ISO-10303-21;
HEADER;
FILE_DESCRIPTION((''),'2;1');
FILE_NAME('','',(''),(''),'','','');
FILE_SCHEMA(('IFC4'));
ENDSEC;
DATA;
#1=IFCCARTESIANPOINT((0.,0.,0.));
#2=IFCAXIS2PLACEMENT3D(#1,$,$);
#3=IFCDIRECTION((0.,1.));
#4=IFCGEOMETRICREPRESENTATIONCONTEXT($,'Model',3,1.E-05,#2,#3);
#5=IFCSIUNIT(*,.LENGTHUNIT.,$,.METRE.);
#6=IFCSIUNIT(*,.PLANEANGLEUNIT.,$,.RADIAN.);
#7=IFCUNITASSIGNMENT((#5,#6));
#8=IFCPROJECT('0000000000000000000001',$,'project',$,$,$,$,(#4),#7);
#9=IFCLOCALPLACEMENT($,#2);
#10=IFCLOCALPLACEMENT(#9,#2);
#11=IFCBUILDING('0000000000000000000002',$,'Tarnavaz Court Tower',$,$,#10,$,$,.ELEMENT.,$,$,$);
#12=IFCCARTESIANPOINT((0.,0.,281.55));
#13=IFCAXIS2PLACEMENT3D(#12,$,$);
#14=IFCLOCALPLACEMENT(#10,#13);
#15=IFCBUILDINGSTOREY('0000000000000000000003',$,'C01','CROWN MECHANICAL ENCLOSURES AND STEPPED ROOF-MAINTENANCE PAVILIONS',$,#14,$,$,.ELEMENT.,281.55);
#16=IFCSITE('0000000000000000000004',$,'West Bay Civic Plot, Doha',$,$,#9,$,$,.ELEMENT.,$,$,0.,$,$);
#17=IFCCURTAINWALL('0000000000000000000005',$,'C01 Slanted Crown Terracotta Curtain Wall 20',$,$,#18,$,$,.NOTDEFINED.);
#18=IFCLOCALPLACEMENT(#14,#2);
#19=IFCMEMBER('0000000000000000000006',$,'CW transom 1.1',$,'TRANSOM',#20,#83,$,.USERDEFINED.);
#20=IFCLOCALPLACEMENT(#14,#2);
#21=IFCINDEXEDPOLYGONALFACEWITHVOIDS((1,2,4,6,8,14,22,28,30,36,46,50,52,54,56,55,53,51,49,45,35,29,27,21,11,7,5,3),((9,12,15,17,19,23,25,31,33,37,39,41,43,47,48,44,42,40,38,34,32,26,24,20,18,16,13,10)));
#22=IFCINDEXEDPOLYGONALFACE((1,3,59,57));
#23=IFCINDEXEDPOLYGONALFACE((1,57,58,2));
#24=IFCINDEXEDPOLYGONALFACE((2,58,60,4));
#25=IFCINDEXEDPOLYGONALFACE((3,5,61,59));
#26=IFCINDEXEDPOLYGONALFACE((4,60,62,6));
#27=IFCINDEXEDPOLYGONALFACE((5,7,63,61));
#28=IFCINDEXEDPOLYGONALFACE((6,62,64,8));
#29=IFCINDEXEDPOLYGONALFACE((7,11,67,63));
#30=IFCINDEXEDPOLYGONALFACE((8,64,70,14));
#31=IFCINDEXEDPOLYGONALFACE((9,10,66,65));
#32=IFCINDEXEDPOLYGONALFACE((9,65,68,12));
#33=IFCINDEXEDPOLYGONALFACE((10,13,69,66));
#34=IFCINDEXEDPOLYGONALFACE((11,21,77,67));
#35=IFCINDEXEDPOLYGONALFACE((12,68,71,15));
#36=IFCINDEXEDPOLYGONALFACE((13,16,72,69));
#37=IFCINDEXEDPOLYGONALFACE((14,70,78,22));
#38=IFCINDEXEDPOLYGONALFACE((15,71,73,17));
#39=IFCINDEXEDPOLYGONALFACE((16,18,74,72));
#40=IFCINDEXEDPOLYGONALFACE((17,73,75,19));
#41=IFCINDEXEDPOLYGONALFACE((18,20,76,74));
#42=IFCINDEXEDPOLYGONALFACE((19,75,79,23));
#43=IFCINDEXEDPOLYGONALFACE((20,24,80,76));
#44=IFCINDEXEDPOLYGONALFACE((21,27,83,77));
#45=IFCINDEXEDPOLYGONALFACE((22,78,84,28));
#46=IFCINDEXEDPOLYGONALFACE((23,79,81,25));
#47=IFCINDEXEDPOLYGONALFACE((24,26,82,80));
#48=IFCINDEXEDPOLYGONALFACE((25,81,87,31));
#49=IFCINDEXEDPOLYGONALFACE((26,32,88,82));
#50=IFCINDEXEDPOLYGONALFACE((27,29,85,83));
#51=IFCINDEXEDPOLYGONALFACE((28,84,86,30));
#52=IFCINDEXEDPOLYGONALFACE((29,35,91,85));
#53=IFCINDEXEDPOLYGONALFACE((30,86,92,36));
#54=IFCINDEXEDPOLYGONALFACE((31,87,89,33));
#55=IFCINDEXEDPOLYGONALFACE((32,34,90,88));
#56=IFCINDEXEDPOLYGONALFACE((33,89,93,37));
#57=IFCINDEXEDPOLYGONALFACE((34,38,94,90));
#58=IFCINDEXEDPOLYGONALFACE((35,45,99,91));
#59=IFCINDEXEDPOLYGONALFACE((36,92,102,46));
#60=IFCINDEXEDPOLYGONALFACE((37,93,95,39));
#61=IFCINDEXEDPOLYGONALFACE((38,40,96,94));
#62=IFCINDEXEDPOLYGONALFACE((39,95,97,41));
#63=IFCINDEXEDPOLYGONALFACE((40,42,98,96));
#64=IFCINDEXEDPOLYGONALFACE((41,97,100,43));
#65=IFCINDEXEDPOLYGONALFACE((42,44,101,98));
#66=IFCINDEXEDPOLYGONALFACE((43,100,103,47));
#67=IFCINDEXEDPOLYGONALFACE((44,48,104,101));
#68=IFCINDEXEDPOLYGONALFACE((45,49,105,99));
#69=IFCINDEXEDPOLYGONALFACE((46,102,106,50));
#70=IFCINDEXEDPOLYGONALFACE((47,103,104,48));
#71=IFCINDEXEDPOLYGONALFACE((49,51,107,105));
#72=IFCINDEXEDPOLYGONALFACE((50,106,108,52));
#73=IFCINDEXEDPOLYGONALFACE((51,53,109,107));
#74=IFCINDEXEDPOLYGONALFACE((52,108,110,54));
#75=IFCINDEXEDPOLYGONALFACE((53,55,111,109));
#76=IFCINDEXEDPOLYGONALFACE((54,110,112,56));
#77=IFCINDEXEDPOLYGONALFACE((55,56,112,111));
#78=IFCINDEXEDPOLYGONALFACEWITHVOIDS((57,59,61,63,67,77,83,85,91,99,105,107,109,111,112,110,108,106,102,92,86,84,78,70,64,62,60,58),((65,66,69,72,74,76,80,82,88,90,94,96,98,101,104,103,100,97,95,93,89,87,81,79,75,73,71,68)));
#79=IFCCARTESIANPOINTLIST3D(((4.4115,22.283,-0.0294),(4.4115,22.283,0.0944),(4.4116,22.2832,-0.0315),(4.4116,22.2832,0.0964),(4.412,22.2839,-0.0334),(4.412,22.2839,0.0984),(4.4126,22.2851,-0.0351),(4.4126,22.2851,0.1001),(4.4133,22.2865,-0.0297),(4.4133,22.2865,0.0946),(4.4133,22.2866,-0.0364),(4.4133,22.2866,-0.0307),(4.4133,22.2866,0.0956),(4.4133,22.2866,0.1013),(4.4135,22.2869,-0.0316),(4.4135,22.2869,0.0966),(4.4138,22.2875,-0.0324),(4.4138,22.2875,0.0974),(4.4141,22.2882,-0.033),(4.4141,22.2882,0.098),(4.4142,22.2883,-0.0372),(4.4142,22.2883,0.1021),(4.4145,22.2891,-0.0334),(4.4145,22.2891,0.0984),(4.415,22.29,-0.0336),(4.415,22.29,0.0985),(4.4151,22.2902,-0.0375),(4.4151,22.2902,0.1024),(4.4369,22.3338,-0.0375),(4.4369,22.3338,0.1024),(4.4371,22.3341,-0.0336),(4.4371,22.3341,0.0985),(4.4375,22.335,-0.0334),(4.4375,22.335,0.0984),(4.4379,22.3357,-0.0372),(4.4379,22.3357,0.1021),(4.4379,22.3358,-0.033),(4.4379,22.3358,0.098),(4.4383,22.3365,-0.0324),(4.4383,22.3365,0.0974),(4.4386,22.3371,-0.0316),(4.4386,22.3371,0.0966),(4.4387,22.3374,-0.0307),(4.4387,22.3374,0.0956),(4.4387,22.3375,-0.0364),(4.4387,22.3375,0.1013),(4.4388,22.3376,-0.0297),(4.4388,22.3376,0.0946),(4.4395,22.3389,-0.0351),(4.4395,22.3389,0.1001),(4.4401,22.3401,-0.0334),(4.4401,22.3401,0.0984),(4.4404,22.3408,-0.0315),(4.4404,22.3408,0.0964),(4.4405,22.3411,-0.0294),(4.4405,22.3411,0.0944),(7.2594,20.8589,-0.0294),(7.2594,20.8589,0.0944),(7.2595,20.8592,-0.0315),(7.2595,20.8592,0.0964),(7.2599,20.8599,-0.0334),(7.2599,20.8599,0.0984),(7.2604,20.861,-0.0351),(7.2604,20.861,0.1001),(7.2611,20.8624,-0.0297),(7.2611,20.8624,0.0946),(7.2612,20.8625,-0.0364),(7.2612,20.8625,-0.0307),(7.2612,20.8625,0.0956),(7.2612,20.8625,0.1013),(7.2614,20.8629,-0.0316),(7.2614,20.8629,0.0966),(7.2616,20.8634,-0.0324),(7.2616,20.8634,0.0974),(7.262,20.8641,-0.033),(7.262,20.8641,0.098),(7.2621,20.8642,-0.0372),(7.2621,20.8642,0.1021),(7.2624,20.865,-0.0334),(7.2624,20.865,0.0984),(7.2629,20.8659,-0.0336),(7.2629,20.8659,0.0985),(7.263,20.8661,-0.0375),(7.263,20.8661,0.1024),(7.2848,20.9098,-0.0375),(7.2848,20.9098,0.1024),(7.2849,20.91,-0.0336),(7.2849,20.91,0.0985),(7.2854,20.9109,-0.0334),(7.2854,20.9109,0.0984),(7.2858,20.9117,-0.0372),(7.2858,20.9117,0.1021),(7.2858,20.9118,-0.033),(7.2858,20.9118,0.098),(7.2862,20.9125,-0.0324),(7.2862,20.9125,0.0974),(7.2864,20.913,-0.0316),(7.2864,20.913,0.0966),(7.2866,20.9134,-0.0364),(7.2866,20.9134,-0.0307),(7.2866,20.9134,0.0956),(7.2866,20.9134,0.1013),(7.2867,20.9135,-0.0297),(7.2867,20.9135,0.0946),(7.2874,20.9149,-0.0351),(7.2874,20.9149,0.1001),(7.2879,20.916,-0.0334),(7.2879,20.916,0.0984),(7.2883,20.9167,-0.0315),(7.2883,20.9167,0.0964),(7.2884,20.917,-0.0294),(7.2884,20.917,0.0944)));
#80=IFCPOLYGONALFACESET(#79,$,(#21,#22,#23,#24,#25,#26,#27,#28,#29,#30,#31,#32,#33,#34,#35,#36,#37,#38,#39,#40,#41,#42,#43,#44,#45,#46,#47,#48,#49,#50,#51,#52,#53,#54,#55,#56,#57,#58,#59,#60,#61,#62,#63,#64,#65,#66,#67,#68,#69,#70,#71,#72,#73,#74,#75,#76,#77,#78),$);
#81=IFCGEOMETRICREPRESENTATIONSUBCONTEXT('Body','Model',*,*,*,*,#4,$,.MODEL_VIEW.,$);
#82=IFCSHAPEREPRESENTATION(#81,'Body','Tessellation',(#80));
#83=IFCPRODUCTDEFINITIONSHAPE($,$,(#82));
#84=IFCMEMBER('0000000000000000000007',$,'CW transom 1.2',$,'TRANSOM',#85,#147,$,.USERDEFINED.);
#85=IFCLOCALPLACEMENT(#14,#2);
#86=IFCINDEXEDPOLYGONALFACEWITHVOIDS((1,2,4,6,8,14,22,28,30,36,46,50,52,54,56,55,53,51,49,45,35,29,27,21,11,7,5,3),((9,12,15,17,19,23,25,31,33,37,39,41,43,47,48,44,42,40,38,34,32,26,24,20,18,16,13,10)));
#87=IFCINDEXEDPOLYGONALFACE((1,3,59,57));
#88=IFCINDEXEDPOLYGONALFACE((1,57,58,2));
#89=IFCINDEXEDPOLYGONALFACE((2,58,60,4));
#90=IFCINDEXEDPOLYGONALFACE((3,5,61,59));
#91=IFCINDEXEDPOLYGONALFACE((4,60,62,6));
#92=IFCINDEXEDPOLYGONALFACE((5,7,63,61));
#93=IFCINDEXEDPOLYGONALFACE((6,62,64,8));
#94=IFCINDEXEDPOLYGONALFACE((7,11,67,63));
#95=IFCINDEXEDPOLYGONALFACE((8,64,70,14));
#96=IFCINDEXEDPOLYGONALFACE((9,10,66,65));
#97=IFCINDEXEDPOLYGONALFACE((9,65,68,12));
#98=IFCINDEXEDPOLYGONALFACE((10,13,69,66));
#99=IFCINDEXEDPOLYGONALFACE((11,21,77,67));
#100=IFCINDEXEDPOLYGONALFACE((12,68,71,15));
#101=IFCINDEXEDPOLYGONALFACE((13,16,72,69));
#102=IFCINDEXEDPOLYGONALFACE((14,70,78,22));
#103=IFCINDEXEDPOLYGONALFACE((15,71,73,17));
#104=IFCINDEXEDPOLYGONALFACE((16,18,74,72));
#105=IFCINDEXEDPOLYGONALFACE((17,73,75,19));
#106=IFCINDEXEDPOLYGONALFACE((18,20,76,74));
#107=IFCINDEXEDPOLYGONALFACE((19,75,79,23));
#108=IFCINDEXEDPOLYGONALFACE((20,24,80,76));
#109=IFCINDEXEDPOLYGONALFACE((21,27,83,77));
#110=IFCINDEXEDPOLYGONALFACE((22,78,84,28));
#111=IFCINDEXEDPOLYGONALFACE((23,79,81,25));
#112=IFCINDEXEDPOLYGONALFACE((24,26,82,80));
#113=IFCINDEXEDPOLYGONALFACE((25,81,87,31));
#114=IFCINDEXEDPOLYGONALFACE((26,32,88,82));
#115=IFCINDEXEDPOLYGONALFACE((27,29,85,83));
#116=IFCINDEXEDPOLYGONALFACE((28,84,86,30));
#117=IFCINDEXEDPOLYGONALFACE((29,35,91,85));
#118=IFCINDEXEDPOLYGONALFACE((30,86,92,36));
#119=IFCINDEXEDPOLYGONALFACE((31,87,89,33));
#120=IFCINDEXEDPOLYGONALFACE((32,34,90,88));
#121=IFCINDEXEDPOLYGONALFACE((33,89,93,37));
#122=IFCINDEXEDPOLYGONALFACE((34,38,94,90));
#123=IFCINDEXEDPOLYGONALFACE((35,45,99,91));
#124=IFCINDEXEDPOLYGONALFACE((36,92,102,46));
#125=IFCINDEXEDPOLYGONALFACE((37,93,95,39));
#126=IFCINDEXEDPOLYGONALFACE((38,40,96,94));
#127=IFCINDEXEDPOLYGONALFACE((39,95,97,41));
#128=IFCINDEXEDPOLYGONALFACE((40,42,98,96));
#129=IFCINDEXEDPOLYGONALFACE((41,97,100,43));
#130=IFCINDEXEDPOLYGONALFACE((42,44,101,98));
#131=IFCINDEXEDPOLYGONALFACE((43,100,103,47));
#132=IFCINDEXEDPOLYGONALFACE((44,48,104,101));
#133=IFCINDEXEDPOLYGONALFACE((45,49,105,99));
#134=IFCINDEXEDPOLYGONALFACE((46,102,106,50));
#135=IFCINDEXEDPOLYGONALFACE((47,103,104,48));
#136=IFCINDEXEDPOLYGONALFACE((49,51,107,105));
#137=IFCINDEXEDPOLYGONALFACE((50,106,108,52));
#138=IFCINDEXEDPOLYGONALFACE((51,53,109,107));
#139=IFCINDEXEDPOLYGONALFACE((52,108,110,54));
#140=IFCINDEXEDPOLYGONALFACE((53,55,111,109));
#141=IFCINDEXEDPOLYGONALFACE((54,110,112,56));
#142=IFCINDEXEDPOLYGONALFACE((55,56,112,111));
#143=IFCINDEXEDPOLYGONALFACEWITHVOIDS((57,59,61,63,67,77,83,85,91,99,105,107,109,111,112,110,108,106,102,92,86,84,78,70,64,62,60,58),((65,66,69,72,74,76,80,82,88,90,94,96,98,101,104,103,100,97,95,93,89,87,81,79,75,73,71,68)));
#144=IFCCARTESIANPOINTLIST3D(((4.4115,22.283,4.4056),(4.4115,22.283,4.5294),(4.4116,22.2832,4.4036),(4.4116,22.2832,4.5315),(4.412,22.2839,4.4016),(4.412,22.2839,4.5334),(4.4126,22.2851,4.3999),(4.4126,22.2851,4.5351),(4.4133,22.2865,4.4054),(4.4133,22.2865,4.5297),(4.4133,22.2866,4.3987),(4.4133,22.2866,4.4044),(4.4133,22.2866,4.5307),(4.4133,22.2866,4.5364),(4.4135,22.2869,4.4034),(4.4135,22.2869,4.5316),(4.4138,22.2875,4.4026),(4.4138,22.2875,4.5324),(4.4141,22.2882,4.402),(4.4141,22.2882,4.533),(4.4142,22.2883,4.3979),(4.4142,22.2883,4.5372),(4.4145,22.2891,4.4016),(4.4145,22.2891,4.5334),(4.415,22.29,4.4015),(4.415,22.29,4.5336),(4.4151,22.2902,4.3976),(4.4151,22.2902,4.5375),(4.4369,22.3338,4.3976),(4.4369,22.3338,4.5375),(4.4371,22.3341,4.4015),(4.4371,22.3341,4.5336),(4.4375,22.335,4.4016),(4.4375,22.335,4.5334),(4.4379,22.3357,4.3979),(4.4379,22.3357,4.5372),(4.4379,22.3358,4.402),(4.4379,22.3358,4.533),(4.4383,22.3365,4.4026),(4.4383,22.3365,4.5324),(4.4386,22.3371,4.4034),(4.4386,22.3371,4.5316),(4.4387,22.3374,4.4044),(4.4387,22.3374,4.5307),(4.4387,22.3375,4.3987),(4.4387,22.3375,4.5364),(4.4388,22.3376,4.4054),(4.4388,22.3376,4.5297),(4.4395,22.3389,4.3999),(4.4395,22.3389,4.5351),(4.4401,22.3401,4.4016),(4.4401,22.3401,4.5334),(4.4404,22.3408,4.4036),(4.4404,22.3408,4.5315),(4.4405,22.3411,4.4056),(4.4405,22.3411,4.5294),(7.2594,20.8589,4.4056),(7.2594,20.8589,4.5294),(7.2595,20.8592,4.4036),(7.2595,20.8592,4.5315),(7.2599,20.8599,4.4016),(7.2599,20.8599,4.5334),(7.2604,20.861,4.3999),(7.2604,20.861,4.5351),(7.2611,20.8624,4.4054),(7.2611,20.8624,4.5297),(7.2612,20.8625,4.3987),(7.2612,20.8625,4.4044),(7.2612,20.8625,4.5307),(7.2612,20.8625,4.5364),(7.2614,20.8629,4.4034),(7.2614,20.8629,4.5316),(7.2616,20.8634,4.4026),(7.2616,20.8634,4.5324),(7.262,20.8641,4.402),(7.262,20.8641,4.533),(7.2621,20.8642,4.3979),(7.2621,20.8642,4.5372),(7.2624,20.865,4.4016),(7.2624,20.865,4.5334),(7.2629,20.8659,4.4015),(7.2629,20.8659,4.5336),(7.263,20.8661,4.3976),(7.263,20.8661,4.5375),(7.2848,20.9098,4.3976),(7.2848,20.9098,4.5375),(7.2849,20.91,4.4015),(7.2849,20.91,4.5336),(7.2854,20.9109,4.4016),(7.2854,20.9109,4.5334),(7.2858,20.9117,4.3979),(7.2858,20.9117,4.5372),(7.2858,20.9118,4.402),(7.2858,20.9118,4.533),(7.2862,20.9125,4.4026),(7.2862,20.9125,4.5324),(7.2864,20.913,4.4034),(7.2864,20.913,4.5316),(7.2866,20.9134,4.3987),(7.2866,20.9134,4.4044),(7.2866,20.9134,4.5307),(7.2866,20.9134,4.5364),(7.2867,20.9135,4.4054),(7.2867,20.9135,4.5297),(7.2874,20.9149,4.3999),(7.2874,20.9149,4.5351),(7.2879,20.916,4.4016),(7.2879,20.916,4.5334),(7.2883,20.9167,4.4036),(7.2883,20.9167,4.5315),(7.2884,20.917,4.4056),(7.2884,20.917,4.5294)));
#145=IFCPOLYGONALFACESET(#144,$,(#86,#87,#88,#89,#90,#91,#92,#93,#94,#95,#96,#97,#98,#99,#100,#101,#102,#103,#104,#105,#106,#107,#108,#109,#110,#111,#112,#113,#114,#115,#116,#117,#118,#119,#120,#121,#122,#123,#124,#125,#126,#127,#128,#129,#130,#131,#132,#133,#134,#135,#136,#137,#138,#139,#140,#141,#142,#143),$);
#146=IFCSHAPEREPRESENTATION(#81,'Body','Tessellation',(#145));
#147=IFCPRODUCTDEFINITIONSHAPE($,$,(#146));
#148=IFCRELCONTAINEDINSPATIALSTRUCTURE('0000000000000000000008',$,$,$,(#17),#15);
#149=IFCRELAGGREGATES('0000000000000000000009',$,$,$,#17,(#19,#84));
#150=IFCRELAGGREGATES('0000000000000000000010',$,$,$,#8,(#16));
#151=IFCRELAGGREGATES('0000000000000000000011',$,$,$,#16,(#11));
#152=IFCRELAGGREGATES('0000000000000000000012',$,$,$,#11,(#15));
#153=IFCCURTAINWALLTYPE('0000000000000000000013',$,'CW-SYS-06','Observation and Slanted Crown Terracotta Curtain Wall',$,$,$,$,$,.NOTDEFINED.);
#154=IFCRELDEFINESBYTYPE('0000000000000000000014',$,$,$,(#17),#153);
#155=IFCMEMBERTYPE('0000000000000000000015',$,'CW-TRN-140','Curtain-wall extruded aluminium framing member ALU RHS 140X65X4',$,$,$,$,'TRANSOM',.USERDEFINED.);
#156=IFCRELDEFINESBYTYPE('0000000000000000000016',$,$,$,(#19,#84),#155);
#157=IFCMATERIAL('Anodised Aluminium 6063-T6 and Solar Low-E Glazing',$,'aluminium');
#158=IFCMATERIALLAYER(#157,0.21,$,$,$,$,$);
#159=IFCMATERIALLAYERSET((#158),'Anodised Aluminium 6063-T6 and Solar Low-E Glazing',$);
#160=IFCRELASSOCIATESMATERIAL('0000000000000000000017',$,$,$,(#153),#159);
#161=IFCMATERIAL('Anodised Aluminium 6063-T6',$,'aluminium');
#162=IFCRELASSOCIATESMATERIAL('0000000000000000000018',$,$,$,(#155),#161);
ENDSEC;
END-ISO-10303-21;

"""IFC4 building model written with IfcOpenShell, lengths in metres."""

from ifc_helpers import new_model, si_unit, direction, frame, origin, origin_2d, place, context, subcontext, project, spatial, hollow_rectangle, extrude, material, layer, layer_set, material_profile, profile_set, type_object, element, aggregate, save


model = new_model("IFC4")

# Units and contexts
model_context = context("Model", 3, precision=1e-05, world=origin(), true_north=direction((0.0, 1.0)))
body_context = subcontext(model_context, "Body", "Model", "MODEL_VIEW")
ifc_project = project(units=[si_unit("LENGTHUNIT", "METRE"), si_unit("PLANEANGLEUNIT", "RADIAN")], contexts=[model_context])

# Site, building, storey
site_placement = place(None, origin())
site = spatial("IfcSite", under=ifc_project, at=site_placement, Name="West Bay Civic Plot, Doha", CompositionType="ELEMENT", RefElevation=0.0)
building_placement = place(site_placement, origin())
building = spatial("IfcBuilding", under=site, at=building_placement, Name="Tarnavaz Court Tower", CompositionType="ELEMENT")
storey_placement = place(building_placement, frame((0.0, 0.0, 281.55)))
storey = spatial("IfcBuildingStorey", under=building, at=storey_placement, Name="C01", Description="CROWN MECHANICAL ENCLOSURES AND STEPPED ROOF-MAINTENANCE PAVILIONS", CompositionType="ELEMENT", Elevation=281.55)

# Shared definitions
ifc_material_1 = material(Name="Anodised Aluminium 6063-T6 and Solar Low-E Glazing", Category="aluminium")
ifc_layer_1 = layer(ifc_material_1, 0.21)
ifc_layer_set_1 = layer_set([ifc_layer_1], Name="Anodised Aluminium 6063-T6 and Solar Low-E Glazing")
curtain_wall_type = type_object("IfcCurtainWallType", Name="CW-SYS-06", Description="Observation and Slanted Crown Terracotta Curtain Wall", PredefinedType="NOTDEFINED", material=ifc_layer_set_1)
ifc_material_2 = material(Name="Anodised Aluminium 6063-T6", Category="aluminium")

# Curtain wall
curtain_wall_1_placement = place(storey_placement, origin())
curtain_wall_1 = element("IfcCurtainWall", 1, at=curtain_wall_1_placement, inside=storey, type_object=curtain_wall_type, Name="C01 Slanted Crown Terracotta Curtain Wall 20", PredefinedType="NOTDEFINED")

# Members
ifc_material_profile_1 = material_profile(ifc_material_2, hollow_rectangle(XDim=0.0649, YDim=0.1399, WallThickness=0.0039, InnerFilletRadius=0.0039, OuterFilletRadius=0.0081, at=origin_2d()), Name="ALU RHS 140X65X4")
ifc_profile_set_1 = profile_set([ifc_material_profile_1], Name="Anodised Aluminium 6063-T6")
member_type_1 = type_object("IfcMemberType", Name="CW-TRN-140", Description="Curtain-wall extruded aluminium framing member ALU RHS 140X65X4", ElementType="TRANSOM", PredefinedType="USERDEFINED", material=ifc_profile_set_1)
member_1_placement = place(storey_placement, frame((4.426, 22.312, 0.0325), z_axis=(0.894412, -0.447244, 0.0), x_axis=(0.447244, 0.894412, 0.0)))
member_1 = element("IfcMember", 2, at=member_1_placement, type_object=member_type_1, Name="CW transom 1.1", ObjectType="TRANSOM", PredefinedType="USERDEFINED", context=body_context, shape_type="SweptSolid", body=[
    extrude(hollow_rectangle(XDim=0.0649, YDim=0.1399, WallThickness=0.0039, InnerFilletRadius=0.0039, OuterFilletRadius=0.0081, at=origin_2d()), origin(), (0.0, 0.0, 1.0), 3.1841),
])
member_2_placement = place(storey_placement, frame((4.426, 22.312, 4.4675), z_axis=(0.894412, -0.447244, 0.0), x_axis=(0.447244, 0.894412, 0.0)))
member_2 = element("IfcMember", 3, at=member_2_placement, type_object=member_type_1, Name="CW transom 1.2", ObjectType="TRANSOM", PredefinedType="USERDEFINED", context=body_context, shape_type="SweptSolid", body=[
    extrude(hollow_rectangle(XDim=0.0649, YDim=0.1399, WallThickness=0.0039, InnerFilletRadius=0.0039, OuterFilletRadius=0.0081, at=origin_2d()), origin(), (0.0, 0.0, 1.0), 3.1841),
])

aggregate(curtain_wall_1, [member_1, member_2])

save(model, "model.ifc")
